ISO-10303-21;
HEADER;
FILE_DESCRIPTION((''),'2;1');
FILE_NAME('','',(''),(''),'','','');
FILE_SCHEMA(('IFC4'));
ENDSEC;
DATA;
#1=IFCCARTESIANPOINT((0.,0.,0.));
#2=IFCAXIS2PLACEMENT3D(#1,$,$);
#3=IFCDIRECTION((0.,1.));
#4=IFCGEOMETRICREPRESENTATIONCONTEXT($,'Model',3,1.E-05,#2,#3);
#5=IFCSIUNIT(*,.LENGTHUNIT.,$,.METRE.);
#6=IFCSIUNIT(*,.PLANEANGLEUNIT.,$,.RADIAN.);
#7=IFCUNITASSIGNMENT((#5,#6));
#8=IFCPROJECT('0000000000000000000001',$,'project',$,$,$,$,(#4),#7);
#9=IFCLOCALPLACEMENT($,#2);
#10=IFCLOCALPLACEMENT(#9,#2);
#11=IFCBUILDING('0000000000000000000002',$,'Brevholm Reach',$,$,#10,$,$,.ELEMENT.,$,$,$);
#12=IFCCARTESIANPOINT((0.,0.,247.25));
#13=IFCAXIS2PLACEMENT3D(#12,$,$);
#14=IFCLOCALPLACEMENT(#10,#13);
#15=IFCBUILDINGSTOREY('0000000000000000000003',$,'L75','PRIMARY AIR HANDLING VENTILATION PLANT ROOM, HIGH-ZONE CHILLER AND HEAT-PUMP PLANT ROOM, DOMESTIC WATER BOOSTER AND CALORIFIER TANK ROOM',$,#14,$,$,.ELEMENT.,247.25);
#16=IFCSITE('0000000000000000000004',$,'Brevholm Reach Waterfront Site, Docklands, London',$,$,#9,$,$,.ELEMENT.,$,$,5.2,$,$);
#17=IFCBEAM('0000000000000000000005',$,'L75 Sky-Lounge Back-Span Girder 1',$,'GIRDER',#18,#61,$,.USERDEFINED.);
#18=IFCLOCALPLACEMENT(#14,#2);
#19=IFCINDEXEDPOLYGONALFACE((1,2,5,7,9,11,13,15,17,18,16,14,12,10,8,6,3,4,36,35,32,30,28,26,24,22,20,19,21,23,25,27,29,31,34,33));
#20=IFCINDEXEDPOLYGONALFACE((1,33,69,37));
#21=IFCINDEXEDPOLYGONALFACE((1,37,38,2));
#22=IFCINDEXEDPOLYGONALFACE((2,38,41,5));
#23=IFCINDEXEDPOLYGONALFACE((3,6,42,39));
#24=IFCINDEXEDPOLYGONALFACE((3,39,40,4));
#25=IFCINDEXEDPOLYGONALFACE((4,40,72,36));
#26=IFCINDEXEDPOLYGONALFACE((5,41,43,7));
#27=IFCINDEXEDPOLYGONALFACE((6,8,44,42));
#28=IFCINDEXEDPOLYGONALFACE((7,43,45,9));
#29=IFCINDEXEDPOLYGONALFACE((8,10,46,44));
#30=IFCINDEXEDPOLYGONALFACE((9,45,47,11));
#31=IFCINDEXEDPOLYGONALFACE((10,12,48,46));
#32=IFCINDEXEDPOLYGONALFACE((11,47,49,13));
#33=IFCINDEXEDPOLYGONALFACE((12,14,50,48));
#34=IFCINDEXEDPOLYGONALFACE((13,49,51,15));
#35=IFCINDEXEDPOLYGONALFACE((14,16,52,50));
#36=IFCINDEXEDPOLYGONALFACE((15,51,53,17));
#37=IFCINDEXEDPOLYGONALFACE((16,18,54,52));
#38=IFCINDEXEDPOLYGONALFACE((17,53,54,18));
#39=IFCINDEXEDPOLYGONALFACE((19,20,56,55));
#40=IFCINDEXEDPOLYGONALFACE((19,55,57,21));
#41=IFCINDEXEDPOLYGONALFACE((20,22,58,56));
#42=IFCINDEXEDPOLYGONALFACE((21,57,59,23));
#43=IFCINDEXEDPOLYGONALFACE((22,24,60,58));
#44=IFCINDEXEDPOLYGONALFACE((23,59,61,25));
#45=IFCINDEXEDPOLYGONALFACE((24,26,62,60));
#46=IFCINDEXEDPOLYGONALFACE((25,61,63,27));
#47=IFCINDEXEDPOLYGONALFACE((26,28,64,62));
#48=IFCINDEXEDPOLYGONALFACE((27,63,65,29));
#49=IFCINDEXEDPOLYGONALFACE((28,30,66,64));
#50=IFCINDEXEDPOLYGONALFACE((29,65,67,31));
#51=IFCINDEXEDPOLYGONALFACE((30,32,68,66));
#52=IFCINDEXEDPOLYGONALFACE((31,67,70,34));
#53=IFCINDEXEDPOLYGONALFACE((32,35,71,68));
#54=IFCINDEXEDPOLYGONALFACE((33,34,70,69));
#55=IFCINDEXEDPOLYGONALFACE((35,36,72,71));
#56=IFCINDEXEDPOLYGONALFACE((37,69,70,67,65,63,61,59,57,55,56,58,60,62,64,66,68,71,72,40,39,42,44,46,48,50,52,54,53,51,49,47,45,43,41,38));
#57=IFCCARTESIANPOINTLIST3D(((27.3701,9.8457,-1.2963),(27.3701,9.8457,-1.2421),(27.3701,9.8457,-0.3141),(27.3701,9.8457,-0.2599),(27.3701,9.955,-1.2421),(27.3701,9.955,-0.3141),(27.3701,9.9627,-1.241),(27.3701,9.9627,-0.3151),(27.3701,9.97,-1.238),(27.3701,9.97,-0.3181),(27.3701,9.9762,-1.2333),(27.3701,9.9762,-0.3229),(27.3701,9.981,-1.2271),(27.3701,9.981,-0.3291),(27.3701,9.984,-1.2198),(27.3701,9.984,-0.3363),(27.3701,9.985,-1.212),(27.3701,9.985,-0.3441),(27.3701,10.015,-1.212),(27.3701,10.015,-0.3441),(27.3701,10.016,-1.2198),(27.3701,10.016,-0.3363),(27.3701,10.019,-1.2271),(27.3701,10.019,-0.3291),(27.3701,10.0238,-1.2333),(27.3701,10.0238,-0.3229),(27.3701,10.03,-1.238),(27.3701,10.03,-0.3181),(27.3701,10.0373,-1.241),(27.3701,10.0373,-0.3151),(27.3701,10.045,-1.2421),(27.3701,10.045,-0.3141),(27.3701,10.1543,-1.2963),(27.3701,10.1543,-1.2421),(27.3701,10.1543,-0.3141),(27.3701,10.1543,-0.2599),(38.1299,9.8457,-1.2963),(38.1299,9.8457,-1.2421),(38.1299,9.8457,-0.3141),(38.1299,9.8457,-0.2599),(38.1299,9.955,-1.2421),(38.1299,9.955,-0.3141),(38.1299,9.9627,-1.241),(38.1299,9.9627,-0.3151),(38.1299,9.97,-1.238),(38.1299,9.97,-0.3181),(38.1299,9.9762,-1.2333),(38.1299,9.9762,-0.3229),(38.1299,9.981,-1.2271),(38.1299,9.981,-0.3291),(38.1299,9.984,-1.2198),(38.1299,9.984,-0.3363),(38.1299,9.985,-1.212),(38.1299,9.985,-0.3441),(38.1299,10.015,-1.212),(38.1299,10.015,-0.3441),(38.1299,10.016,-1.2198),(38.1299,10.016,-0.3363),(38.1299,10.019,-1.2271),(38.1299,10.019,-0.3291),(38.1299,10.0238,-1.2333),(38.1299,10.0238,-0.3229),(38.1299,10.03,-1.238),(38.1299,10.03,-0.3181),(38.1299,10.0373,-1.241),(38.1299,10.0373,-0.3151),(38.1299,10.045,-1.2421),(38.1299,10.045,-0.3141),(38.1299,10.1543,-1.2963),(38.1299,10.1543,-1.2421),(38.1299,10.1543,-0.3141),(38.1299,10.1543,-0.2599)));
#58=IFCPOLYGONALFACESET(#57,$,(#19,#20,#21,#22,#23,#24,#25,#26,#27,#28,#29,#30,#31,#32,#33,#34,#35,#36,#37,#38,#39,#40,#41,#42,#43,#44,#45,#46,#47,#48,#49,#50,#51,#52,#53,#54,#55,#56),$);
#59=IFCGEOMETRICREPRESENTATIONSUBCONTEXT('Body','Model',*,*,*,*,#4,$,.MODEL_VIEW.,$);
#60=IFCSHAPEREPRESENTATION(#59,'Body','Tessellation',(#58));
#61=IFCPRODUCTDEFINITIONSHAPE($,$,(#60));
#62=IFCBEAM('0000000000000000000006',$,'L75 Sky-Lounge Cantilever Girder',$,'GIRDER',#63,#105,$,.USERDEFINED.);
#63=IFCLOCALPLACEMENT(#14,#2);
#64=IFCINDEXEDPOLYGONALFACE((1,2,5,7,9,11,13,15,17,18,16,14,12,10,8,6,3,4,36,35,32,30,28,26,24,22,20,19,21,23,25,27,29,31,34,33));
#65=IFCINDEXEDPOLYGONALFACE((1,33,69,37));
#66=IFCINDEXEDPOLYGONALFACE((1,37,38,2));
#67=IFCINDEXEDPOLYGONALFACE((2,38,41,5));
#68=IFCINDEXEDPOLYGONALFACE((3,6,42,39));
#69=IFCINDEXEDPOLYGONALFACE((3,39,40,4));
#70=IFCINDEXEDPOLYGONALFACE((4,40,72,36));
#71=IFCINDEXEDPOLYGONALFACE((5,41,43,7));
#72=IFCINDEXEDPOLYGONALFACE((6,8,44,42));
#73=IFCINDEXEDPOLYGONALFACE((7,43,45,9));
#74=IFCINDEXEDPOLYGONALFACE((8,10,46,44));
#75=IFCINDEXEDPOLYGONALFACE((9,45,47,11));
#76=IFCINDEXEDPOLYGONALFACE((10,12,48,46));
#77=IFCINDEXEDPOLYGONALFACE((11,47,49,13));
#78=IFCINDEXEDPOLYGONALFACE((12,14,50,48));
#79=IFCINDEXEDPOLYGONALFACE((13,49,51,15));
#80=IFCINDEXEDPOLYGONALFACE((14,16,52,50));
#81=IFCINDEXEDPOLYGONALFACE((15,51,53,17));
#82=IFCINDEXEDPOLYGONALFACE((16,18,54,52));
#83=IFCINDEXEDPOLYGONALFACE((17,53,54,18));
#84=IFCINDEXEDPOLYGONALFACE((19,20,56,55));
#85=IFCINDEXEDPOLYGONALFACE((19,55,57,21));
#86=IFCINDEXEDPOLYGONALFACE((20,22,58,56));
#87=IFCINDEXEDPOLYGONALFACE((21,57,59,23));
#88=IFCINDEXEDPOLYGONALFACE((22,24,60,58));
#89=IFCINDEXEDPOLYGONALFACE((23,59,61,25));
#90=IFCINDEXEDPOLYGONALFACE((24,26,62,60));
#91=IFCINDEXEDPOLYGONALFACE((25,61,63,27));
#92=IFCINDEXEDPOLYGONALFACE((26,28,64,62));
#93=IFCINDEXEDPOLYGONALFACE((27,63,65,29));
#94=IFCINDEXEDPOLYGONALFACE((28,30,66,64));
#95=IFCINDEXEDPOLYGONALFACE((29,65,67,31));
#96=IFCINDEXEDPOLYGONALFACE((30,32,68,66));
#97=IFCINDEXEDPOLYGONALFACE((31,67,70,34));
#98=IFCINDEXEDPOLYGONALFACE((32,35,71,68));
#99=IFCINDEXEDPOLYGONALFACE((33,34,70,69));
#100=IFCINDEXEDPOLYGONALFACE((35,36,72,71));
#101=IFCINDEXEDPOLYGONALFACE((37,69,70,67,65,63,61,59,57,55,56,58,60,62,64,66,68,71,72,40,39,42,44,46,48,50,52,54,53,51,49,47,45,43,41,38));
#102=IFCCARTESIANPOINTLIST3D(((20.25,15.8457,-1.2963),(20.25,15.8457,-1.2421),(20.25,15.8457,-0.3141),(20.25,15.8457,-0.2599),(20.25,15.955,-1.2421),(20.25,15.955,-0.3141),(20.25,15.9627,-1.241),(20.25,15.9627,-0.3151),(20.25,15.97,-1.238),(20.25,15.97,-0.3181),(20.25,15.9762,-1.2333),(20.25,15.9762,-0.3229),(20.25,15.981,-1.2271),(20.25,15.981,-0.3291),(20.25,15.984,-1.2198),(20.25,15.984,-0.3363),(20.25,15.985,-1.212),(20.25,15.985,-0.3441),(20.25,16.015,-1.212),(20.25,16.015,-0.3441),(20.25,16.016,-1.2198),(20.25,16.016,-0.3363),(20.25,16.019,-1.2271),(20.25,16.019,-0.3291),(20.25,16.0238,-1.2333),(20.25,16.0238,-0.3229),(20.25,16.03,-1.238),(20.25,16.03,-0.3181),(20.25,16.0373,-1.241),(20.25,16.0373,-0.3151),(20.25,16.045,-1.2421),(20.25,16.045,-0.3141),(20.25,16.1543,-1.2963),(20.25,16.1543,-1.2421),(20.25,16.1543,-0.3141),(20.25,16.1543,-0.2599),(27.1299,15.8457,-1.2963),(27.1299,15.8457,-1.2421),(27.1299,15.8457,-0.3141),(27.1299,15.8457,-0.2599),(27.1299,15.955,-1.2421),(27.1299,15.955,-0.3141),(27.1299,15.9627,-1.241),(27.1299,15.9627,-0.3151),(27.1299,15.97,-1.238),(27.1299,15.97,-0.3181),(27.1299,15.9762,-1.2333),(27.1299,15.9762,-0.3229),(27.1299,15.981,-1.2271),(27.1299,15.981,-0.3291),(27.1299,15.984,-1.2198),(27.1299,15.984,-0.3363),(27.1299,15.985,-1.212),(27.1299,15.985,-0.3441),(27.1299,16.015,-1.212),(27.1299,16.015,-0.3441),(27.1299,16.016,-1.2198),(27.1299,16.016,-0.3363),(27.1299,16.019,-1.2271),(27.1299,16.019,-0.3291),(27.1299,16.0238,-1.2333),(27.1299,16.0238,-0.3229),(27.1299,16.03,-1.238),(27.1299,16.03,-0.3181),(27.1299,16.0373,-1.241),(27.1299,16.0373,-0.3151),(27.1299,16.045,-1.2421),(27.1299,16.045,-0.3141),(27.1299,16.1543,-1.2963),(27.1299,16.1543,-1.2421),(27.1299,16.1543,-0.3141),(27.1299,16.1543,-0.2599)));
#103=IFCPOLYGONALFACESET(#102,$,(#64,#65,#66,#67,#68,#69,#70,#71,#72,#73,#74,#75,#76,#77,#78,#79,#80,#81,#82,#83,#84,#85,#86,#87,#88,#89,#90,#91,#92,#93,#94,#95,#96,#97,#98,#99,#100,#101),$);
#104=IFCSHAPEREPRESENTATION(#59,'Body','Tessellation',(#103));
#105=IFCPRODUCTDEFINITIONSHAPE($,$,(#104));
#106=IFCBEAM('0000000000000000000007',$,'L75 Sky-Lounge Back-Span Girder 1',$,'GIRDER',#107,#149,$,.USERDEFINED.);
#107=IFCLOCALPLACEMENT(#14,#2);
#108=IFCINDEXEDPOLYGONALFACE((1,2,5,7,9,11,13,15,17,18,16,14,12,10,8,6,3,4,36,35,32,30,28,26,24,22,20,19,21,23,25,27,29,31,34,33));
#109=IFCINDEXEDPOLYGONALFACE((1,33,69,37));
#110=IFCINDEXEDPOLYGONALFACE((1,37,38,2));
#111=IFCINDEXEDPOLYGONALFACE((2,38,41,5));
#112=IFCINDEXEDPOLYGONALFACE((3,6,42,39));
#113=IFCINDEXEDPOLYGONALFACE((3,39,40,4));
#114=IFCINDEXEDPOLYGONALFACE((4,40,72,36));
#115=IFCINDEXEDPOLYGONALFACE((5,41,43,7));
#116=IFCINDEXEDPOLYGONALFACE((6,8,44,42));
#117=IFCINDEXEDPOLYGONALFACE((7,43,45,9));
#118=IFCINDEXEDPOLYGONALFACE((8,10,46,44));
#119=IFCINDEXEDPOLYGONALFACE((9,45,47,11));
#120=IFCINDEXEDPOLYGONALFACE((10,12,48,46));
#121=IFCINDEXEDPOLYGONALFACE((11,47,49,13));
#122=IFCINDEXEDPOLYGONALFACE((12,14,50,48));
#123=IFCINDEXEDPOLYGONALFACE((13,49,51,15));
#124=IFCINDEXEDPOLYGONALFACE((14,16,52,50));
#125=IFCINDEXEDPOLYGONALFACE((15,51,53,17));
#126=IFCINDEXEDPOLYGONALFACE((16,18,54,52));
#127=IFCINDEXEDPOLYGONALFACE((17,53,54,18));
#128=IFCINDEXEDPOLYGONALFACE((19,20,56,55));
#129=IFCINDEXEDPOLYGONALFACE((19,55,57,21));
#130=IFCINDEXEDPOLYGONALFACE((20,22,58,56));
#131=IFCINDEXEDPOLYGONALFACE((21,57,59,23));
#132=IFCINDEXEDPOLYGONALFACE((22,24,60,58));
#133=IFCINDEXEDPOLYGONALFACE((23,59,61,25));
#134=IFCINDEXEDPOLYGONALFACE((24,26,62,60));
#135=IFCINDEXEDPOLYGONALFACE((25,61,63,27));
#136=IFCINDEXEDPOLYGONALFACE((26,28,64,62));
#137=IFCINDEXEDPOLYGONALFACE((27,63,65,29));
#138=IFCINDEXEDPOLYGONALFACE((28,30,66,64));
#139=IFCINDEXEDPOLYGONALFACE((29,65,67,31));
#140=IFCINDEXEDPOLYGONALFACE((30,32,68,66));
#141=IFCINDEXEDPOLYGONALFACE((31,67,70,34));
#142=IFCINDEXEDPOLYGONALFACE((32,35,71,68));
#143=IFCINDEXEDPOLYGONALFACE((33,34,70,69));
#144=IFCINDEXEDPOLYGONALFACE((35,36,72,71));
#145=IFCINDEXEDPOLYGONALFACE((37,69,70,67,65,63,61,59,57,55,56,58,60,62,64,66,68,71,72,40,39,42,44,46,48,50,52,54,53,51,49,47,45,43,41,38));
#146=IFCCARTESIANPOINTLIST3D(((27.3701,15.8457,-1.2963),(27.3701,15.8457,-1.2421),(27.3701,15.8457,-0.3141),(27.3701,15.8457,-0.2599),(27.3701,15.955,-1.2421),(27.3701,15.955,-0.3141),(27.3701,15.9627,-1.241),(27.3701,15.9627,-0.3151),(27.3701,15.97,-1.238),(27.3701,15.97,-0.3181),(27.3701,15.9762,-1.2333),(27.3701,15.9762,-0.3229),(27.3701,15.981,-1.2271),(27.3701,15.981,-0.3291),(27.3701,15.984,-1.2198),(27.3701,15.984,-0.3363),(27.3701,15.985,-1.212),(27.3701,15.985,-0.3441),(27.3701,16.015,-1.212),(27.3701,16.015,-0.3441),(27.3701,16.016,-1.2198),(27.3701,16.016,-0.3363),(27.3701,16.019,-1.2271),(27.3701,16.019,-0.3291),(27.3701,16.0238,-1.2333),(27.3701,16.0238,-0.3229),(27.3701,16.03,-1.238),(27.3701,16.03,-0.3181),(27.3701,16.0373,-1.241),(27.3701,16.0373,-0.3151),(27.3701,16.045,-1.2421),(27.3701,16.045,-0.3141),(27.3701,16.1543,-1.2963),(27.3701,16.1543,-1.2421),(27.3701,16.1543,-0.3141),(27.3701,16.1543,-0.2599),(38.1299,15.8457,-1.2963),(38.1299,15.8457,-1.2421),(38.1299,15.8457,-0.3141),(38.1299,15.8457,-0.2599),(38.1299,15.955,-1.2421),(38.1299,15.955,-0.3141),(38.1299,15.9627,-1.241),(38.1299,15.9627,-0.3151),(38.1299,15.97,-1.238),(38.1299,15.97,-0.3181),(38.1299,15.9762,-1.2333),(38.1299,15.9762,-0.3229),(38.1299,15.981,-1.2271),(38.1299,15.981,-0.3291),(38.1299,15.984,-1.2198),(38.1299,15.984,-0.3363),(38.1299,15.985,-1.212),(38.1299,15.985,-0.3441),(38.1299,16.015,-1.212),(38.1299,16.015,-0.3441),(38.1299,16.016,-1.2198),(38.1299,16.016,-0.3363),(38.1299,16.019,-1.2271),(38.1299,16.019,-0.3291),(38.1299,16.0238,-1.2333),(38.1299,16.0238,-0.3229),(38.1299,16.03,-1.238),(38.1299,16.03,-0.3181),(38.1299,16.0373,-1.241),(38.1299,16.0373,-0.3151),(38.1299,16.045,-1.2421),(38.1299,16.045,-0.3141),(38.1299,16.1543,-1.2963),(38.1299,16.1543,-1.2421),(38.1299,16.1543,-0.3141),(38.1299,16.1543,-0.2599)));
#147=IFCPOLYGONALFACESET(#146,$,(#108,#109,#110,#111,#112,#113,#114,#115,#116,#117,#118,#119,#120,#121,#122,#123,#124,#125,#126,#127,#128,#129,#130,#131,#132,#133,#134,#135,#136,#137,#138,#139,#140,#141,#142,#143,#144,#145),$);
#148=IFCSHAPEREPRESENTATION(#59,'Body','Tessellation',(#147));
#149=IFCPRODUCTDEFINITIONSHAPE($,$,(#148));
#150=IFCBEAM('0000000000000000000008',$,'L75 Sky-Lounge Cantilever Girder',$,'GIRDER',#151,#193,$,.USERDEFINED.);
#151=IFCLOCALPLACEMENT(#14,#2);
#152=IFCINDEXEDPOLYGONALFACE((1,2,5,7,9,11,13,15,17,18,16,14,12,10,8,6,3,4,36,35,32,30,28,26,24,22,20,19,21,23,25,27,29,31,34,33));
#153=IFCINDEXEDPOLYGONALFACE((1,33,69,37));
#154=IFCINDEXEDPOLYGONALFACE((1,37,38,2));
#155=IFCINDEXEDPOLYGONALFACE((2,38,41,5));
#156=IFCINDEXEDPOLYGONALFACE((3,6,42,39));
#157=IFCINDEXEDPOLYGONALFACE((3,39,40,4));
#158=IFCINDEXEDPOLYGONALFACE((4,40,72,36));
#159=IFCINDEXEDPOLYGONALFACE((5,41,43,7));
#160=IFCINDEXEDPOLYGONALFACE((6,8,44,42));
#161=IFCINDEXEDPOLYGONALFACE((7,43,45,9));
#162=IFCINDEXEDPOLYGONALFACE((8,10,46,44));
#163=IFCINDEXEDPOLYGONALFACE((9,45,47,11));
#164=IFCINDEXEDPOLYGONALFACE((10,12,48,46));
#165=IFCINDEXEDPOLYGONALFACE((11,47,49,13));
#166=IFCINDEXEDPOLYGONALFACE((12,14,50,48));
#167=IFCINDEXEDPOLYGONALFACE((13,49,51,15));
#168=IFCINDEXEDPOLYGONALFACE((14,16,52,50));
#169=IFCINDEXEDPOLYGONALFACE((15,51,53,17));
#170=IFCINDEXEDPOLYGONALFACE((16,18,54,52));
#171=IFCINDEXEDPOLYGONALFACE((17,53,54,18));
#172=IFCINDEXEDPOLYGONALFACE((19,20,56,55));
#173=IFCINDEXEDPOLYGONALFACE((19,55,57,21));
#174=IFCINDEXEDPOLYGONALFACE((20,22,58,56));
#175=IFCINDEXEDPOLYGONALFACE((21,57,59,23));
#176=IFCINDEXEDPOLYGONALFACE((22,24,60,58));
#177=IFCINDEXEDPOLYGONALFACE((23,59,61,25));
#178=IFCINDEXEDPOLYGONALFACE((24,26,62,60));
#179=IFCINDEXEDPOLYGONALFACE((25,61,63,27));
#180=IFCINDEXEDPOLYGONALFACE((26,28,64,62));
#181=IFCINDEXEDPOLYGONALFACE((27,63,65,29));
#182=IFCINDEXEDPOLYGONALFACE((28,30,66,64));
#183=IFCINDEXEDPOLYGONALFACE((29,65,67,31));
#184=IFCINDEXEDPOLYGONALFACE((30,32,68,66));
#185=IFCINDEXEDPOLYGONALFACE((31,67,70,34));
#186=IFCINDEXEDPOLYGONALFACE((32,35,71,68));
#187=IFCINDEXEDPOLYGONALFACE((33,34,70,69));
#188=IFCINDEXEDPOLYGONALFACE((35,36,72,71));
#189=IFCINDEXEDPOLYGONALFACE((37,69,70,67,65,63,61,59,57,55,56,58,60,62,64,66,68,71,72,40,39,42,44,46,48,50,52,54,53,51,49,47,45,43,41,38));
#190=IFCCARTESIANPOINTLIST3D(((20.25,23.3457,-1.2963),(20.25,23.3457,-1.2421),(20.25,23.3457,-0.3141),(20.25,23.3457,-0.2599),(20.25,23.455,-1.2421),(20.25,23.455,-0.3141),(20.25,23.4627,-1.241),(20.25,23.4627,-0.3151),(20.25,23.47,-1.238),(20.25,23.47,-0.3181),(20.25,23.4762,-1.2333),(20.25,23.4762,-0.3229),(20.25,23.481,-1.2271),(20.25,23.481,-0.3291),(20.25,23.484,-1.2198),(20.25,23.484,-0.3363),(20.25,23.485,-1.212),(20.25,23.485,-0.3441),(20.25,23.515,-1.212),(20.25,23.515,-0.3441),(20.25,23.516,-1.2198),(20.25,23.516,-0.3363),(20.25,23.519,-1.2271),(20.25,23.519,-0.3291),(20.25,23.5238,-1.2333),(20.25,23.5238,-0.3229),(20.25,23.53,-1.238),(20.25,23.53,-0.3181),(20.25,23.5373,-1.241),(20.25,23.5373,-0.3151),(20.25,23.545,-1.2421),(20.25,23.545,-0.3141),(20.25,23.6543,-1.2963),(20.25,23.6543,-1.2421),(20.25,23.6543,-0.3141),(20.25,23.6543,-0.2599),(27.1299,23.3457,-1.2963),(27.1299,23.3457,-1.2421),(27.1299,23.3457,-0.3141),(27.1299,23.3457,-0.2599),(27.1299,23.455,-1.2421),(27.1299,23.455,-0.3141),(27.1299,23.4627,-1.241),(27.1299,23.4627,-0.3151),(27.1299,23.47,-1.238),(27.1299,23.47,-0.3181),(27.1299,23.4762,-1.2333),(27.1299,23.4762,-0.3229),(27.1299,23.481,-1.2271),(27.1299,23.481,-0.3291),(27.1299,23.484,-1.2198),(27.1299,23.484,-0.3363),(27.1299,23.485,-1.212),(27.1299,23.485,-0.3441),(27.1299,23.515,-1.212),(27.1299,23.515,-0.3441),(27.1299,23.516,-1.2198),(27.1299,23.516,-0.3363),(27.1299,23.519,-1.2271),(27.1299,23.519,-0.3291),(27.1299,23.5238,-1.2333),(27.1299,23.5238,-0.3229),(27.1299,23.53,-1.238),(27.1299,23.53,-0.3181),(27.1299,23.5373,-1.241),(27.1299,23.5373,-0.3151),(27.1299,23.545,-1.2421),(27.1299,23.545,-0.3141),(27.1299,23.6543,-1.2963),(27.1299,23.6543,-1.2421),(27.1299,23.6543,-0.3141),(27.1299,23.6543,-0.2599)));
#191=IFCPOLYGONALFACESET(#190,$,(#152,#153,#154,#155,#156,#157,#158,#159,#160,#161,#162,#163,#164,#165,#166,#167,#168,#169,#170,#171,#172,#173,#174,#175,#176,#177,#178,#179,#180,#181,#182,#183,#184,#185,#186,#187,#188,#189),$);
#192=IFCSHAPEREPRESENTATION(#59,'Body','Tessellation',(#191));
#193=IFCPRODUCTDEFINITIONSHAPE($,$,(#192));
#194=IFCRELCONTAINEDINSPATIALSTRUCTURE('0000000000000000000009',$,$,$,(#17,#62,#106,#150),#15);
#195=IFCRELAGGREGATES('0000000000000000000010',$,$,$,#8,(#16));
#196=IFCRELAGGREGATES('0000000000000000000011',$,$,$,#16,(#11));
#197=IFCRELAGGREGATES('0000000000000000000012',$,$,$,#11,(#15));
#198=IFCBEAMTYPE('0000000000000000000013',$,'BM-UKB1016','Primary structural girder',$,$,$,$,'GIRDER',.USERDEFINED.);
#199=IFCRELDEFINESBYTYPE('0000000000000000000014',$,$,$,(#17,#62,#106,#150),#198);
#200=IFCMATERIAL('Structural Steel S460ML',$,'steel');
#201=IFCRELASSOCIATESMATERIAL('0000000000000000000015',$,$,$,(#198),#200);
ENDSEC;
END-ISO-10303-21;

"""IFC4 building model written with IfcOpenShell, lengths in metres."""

from ifc_helpers import new_model, si_unit, direction, frame, origin, origin_2d, place, context, subcontext, project, spatial, i_section, extrude, material, material_profile, profile_set, type_object, element, save


model = new_model("IFC4")

# Units and contexts
model_context = context("Model", 3, precision=1e-05, world=origin(), true_north=direction((0.0, 1.0)))
body_context = subcontext(model_context, "Body", "Model", "MODEL_VIEW")
ifc_project = project(units=[si_unit("LENGTHUNIT", "METRE"), si_unit("PLANEANGLEUNIT", "RADIAN")], contexts=[model_context])

# Site, building, storey
site_placement = place(None, origin())
site = spatial("IfcSite", under=ifc_project, at=site_placement, Name="Brevholm Reach Waterfront Site, Docklands, London", CompositionType="ELEMENT", RefElevation=5.2)
building_placement = place(site_placement, origin())
building = spatial("IfcBuilding", under=site, at=building_placement, Name="Brevholm Reach", CompositionType="ELEMENT")
storey_placement = place(building_placement, frame((0.0, 0.0, 247.25)))
storey = spatial("IfcBuildingStorey", under=building, at=storey_placement, Name="L75", Description="PRIMARY AIR HANDLING VENTILATION PLANT ROOM, HIGH-ZONE CHILLER AND HEAT-PUMP PLANT ROOM, DOMESTIC WATER BOOSTER AND CALORIFIER TANK ROOM", CompositionType="ELEMENT", Elevation=247.25)

# Beams
ifc_material_1 = material(Name="Structural Steel S460ML", Category="steel")
ifc_material_profile_1 = material_profile(ifc_material_1, i_section(OverallWidth=0.3086, OverallDepth=1.0364, WebThickness=0.03, FlangeThickness=0.0542, FilletRadius=0.03, at=origin_2d()), Name="UKB 1016x305x487")
ifc_profile_set_1 = profile_set([ifc_material_profile_1], Name="Structural Steel S460ML")
beam_type_1 = type_object("IfcBeamType", Name="BM-UKB1016", Description="Primary structural girder", ElementType="GIRDER", PredefinedType="USERDEFINED", material=ifc_profile_set_1)
beam_1_placement = place(storey_placement, frame((27.3701, 10.0, -0.7781), z_axis=(1.0, 0.0, 0.0), x_axis=(0.0, 1.0, 0.0)))
element("IfcBeam", 1, at=beam_1_placement, inside=storey, type_object=beam_type_1, Name="L75 Sky-Lounge Back-Span Girder 1", ObjectType="GIRDER", PredefinedType="USERDEFINED", context=body_context, shape_type="SweptSolid", body=[
    extrude(i_section(OverallWidth=0.3086, OverallDepth=1.0364, WebThickness=0.03, FlangeThickness=0.0542, FilletRadius=0.03, at=origin_2d()), origin(), (0.0, 0.0, 1.0), 10.7598),
])
beam_2_placement = place(storey_placement, frame((20.25, 16.0, -0.7781), z_axis=(1.0, 0.0, 0.0), x_axis=(0.0, 1.0, 0.0)))
element("IfcBeam", 2, at=beam_2_placement, inside=storey, type_object=beam_type_1, Name="L75 Sky-Lounge Cantilever Girder", ObjectType="GIRDER", PredefinedType="USERDEFINED", context=body_context, shape_type="SweptSolid", body=[
    extrude(i_section(OverallWidth=0.3086, OverallDepth=1.0364, WebThickness=0.03, FlangeThickness=0.0542, FilletRadius=0.03, at=origin_2d()), origin(), (0.0, 0.0, 1.0), 6.8799),
])
beam_3_placement = place(storey_placement, frame((27.3701, 16.0, -0.7781), z_axis=(1.0, 0.0, 0.0), x_axis=(0.0, 1.0, 0.0)))
element("IfcBeam", 3, at=beam_3_placement, inside=storey, type_object=beam_type_1, Name="L75 Sky-Lounge Back-Span Girder 1", ObjectType="GIRDER", PredefinedType="USERDEFINED", context=body_context, shape_type="SweptSolid", body=[
    extrude(i_section(OverallWidth=0.3086, OverallDepth=1.0364, WebThickness=0.03, FlangeThickness=0.0542, FilletRadius=0.03, at=origin_2d()), origin(), (0.0, 0.0, 1.0), 10.7598),
])
beam_4_placement = place(storey_placement, frame((20.25, 23.5, -0.7781), z_axis=(1.0, 0.0, 0.0), x_axis=(0.0, 1.0, 0.0)))
element("IfcBeam", 4, at=beam_4_placement, inside=storey, type_object=beam_type_1, Name="L75 Sky-Lounge Cantilever Girder", ObjectType="GIRDER", PredefinedType="USERDEFINED", context=body_context, shape_type="SweptSolid", body=[
    extrude(i_section(OverallWidth=0.3086, OverallDepth=1.0364, WebThickness=0.03, FlangeThickness=0.0542, FilletRadius=0.03, at=origin_2d()), origin(), (0.0, 0.0, 1.0), 6.8799),
])

save(model, "model.ifc")
